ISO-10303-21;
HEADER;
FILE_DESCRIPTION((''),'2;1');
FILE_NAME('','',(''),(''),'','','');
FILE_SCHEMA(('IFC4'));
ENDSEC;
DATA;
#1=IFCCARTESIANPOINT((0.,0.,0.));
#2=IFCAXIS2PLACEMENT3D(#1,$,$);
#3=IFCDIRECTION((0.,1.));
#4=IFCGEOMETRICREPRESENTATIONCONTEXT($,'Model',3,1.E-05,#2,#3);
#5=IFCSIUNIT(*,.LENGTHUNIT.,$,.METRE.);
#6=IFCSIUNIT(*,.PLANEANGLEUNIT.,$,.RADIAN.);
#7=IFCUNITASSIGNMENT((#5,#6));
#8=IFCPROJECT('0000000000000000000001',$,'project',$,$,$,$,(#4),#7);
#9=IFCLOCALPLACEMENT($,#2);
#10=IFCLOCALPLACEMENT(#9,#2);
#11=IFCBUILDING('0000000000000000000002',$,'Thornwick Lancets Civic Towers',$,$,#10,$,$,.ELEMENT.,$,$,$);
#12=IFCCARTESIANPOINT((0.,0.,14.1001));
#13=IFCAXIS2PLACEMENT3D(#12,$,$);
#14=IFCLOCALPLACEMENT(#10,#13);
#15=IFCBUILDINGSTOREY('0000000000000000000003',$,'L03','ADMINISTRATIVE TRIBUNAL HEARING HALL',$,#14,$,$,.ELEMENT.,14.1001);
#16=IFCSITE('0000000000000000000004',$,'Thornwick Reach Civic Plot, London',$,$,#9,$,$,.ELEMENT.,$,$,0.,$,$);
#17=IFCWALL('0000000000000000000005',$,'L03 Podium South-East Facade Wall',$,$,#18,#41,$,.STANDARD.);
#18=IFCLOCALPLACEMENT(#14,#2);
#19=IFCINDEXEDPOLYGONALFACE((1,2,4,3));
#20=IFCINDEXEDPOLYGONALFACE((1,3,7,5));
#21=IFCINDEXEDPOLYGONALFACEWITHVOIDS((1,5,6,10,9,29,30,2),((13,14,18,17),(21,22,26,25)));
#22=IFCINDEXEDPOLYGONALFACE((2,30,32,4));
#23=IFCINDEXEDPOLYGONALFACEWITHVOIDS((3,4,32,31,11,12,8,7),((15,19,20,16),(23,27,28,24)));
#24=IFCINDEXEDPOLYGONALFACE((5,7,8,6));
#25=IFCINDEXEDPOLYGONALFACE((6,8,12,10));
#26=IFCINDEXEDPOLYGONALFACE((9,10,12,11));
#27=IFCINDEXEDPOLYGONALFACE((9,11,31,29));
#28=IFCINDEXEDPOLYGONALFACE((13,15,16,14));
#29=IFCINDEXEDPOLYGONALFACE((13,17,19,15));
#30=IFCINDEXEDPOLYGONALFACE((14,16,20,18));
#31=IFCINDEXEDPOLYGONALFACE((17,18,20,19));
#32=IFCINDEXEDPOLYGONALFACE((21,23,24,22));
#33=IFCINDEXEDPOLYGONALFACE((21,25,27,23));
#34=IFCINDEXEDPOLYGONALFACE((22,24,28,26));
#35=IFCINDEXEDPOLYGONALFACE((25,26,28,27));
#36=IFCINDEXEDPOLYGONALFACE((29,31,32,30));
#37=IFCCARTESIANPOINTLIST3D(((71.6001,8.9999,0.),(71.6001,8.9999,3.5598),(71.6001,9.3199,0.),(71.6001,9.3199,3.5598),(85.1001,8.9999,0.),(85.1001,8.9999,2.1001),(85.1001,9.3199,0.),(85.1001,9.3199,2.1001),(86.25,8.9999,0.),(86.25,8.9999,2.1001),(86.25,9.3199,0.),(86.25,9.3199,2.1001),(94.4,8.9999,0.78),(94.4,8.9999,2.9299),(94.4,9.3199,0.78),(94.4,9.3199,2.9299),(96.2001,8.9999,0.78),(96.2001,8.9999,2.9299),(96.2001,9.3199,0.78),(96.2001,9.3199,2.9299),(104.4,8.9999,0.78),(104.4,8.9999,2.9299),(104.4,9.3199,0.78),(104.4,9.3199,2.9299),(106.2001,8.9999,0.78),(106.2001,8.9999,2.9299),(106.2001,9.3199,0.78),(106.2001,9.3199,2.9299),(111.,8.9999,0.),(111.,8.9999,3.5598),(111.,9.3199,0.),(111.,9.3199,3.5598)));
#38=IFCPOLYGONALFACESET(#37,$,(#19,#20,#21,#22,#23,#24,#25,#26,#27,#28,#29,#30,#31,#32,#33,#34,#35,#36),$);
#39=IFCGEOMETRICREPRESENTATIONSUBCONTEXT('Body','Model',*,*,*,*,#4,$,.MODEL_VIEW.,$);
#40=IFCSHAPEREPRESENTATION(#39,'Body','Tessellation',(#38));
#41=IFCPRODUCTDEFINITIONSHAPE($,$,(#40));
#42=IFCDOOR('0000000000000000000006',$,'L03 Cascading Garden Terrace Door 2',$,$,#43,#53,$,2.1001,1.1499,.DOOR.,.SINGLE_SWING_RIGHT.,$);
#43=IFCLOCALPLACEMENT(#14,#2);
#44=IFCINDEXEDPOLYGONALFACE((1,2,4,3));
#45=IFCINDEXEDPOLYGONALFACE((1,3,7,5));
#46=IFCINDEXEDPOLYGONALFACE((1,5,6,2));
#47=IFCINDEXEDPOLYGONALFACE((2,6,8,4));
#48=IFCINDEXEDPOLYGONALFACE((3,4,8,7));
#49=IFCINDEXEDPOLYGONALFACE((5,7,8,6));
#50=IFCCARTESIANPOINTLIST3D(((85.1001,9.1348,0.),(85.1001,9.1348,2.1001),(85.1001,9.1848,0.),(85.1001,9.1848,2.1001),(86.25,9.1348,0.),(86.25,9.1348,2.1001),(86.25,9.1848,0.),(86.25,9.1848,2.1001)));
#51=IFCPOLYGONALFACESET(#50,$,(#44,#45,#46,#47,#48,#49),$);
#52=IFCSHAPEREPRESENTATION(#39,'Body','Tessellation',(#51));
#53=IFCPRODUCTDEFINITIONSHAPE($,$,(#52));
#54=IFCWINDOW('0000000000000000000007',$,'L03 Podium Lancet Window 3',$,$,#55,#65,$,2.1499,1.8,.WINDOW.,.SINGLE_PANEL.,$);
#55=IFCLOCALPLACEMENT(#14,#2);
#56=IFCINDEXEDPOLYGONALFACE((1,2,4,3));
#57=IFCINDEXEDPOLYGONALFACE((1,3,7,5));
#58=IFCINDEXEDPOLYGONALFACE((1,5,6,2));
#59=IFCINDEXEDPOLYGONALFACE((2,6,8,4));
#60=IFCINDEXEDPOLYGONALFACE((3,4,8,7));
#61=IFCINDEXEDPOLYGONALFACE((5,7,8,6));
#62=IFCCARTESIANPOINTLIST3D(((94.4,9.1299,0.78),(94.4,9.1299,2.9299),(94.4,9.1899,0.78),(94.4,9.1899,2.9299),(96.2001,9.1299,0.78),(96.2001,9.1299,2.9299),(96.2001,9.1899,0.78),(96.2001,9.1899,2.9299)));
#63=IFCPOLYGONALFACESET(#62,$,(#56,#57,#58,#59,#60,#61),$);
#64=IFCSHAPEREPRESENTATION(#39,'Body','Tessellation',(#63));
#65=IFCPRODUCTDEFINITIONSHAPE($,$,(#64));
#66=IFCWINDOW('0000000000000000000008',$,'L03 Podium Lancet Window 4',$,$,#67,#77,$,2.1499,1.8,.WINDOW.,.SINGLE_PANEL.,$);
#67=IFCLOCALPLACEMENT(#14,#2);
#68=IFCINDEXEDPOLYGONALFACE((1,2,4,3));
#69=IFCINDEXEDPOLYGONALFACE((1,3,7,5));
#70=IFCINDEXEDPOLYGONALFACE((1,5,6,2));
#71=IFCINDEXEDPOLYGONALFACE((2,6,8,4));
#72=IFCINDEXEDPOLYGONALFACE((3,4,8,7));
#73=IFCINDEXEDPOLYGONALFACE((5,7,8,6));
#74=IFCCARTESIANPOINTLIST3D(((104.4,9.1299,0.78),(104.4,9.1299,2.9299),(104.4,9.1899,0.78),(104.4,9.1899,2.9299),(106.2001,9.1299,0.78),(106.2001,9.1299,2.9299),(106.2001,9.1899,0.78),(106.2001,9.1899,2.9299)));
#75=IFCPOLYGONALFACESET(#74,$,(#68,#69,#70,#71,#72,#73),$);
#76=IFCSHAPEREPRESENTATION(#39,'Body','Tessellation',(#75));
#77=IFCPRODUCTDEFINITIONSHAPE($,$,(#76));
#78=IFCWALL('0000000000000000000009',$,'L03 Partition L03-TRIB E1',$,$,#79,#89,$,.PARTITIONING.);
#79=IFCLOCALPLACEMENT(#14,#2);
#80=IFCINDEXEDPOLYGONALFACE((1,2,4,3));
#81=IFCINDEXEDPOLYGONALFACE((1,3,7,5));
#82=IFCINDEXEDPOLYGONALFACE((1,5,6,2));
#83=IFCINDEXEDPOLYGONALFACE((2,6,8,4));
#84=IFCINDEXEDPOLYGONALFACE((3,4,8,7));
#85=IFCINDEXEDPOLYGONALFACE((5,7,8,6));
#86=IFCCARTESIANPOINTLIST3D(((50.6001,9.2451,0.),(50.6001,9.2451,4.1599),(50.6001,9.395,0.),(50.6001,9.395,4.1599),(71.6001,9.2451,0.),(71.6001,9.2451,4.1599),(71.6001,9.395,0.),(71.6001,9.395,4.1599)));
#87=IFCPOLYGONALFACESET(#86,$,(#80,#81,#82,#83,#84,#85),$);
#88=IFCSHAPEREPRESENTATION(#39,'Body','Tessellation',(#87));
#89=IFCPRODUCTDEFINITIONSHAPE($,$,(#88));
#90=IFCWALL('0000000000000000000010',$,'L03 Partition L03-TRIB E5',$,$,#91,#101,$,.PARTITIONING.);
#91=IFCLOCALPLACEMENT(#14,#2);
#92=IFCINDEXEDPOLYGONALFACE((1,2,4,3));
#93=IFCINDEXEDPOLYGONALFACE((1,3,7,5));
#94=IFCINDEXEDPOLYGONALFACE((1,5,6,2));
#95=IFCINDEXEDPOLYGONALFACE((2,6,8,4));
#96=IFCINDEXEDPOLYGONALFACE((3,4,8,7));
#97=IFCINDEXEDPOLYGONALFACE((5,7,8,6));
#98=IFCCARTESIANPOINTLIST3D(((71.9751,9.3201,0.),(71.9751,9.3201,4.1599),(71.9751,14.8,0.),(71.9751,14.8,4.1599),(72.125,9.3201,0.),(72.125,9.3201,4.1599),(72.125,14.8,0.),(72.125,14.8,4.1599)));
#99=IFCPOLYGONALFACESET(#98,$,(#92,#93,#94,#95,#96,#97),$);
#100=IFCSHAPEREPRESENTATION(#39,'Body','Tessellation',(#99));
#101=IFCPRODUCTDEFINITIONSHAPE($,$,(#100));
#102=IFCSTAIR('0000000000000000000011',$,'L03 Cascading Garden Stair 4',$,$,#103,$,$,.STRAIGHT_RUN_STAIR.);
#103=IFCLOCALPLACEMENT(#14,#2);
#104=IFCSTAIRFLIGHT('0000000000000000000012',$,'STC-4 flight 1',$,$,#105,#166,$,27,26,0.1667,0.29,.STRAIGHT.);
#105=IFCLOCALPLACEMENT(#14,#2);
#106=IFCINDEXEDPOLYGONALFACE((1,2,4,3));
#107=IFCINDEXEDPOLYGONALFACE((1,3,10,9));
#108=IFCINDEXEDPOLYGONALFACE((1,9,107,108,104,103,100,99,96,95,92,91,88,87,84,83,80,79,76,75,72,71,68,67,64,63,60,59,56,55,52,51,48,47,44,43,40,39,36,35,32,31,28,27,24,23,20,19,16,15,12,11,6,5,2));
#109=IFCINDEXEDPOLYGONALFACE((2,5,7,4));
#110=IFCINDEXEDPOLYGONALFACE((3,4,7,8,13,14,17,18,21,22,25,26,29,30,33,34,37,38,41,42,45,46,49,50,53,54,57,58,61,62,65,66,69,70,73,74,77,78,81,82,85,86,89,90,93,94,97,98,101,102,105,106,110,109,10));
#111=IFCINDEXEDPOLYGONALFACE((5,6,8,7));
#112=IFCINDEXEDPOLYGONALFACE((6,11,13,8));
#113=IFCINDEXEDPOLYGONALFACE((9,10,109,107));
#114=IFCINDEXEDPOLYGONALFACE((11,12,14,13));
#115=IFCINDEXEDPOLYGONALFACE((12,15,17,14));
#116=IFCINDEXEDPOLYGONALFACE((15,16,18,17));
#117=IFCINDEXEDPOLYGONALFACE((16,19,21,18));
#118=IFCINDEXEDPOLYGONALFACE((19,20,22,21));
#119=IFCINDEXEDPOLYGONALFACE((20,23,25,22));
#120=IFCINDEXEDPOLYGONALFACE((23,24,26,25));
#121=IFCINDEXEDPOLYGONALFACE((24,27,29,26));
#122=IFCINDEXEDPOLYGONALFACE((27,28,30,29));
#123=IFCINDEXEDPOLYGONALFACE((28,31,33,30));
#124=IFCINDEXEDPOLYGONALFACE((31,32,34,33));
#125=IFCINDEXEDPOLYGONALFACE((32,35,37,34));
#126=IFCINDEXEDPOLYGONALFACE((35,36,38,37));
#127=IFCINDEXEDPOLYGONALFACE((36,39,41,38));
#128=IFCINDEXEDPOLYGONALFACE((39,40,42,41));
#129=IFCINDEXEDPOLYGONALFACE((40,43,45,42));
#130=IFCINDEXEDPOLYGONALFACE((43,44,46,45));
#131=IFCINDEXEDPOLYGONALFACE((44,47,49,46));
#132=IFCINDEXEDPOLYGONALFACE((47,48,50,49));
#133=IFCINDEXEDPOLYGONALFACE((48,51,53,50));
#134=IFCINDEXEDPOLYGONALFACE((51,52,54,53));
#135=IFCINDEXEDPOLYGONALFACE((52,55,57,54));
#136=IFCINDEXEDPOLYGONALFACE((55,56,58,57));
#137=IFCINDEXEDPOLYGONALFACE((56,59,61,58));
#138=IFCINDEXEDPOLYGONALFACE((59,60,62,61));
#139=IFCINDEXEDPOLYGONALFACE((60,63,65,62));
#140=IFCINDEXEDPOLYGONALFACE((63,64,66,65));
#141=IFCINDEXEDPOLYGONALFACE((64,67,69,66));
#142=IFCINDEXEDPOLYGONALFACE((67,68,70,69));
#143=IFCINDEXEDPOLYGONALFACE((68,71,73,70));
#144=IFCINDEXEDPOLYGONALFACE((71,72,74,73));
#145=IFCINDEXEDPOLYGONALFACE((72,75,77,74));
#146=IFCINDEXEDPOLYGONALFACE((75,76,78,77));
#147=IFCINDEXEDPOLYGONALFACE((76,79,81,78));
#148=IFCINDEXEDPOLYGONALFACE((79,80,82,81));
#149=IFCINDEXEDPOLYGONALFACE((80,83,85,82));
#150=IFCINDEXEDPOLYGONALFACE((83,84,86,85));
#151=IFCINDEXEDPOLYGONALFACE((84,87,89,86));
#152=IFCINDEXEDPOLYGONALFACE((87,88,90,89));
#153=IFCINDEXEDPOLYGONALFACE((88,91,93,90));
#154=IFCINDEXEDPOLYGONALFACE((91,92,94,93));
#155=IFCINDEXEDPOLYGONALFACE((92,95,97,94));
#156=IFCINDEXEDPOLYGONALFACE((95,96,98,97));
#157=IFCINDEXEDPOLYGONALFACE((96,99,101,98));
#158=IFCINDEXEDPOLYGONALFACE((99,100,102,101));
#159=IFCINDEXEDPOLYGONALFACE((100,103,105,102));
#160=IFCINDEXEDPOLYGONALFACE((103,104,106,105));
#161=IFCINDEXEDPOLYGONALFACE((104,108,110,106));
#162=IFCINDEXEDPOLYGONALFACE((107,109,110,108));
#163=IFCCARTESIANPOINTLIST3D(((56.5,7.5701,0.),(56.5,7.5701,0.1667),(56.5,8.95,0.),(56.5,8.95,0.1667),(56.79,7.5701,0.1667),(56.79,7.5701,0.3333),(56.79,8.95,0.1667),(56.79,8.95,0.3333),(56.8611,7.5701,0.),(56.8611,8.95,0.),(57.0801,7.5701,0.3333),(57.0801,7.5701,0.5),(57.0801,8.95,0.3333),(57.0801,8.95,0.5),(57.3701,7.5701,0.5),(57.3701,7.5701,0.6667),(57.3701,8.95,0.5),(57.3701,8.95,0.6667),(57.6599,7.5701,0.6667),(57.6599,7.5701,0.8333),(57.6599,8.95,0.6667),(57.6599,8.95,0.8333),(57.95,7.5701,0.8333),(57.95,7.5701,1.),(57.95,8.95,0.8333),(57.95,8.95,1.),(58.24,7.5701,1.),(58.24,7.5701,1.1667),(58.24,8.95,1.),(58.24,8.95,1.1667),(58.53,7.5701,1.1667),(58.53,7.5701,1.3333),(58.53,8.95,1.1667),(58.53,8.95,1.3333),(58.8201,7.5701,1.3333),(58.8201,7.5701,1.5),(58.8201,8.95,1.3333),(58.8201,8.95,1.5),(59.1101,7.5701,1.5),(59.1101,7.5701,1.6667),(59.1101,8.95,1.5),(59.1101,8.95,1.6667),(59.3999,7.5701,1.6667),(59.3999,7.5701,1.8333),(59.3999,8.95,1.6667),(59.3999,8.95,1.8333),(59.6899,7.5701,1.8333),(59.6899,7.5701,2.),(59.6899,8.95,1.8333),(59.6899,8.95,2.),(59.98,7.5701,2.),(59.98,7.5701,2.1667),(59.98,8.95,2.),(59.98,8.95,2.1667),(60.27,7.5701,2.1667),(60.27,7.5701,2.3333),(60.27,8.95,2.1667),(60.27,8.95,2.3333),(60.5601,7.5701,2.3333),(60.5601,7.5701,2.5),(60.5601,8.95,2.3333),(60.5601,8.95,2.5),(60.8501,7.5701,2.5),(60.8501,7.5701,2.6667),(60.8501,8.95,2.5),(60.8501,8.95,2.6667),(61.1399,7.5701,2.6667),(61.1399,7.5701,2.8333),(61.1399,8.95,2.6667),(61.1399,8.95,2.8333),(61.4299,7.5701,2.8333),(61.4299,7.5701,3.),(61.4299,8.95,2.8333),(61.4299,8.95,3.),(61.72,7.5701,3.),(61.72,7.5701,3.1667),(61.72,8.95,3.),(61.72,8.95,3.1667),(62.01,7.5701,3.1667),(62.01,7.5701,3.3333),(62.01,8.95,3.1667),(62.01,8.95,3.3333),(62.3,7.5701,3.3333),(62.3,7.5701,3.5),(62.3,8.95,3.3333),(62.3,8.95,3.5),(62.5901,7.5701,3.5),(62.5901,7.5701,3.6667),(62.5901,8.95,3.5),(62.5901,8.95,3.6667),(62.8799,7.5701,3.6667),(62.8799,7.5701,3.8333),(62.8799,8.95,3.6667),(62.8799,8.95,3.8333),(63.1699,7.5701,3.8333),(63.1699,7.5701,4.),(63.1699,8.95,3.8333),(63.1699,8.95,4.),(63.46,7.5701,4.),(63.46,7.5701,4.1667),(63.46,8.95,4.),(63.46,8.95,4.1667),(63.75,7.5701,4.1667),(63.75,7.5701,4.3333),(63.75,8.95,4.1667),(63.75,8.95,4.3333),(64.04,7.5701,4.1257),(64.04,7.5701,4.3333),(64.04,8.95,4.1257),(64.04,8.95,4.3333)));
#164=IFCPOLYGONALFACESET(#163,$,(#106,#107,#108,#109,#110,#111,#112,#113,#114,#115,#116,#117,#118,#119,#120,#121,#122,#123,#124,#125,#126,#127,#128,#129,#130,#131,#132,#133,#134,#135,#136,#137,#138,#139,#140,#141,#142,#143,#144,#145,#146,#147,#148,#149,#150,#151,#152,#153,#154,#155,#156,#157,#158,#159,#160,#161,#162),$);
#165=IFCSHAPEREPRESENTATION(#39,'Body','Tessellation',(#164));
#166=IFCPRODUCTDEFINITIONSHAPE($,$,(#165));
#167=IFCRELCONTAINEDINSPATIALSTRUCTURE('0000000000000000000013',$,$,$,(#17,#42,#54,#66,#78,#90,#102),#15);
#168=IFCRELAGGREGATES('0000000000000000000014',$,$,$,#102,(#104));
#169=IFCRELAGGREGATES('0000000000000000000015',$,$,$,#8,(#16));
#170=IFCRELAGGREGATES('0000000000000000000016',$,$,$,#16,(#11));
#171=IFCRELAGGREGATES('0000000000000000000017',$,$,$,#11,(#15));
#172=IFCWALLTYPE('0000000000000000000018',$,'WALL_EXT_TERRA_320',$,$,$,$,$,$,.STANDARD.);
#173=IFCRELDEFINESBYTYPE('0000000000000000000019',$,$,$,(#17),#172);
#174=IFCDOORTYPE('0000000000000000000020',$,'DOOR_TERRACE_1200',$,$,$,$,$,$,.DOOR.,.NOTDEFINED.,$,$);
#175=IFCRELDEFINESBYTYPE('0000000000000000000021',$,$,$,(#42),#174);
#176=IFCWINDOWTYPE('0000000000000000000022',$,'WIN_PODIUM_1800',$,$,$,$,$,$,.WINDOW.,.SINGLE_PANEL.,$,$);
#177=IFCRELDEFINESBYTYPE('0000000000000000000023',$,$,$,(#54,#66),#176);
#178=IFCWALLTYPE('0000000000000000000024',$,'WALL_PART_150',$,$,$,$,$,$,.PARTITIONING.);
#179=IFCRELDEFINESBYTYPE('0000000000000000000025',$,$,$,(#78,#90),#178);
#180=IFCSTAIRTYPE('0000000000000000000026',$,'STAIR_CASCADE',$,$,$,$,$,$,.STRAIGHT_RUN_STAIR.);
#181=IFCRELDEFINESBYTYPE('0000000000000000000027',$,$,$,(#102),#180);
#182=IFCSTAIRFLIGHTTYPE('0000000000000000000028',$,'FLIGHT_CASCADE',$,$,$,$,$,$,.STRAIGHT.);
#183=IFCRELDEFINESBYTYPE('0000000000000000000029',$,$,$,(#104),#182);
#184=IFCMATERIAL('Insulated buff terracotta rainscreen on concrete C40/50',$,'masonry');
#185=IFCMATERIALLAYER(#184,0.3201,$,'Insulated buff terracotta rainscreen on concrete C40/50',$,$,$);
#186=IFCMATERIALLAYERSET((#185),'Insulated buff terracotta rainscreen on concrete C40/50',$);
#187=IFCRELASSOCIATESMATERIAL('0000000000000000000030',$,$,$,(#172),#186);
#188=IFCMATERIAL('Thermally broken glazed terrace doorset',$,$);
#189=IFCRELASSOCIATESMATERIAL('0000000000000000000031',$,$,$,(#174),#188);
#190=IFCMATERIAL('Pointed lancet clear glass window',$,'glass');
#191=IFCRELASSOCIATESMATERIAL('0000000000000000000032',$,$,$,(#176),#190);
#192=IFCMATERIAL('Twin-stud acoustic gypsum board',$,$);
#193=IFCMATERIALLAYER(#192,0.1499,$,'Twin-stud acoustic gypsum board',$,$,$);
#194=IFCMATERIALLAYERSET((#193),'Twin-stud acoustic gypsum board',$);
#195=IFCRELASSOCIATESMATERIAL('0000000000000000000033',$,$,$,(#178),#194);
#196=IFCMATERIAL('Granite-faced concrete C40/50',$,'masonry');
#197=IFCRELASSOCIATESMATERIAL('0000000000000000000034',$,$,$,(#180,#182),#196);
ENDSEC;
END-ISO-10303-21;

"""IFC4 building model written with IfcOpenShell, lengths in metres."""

from ifc_helpers import new_model, si_unit, direction, frame, frame_2d, origin, place, context, subcontext, project, spatial, polyline, rectangle, outline, extrude, material, layer, layer_set, type_object, element, fill, aggregate, save


model = new_model("IFC4")

# Units and contexts
model_context = context("Model", 3, precision=1e-05, world=origin(), true_north=direction((0.0, 1.0)))
body_context = subcontext(model_context, "Body", "Model", "MODEL_VIEW")
ifc_project = project(units=[si_unit("LENGTHUNIT", "METRE"), si_unit("PLANEANGLEUNIT", "RADIAN")], contexts=[model_context])

# Site, building, storey
site_placement = place(None, origin())
site = spatial("IfcSite", under=ifc_project, at=site_placement, Name="Thornwick Reach Civic Plot, London", CompositionType="ELEMENT", RefElevation=0.0)
building_placement = place(site_placement, origin())
building = spatial("IfcBuilding", under=site, at=building_placement, Name="Thornwick Lancets Civic Towers", CompositionType="ELEMENT")
storey_placement = place(building_placement, frame((0.0, 0.0, 14.1001)))
storey = spatial("IfcBuildingStorey", under=building, at=storey_placement, Name="L03", Description="ADMINISTRATIVE TRIBUNAL HEARING HALL", CompositionType="ELEMENT", Elevation=14.1001)

# Wall, openings, door, windows
ifc_material_1 = material(Name="Insulated buff terracotta rainscreen on concrete C40/50", Category="masonry")
ifc_layer_1 = layer(ifc_material_1, 0.3201, Name="Insulated buff terracotta rainscreen on concrete C40/50")
ifc_layer_set_1 = layer_set([ifc_layer_1], Name="Insulated buff terracotta rainscreen on concrete C40/50")
wall_type_1 = type_object("IfcWallType", Name="WALL_EXT_TERRA_320", PredefinedType="STANDARD", material=ifc_layer_set_1)
wall_1_placement = place(storey_placement, frame((71.6001, 9.1599, 0.0), z_axis=(0.0, 0.0, 1.0), x_axis=(1.0, 0.0, 0.0)))
wall_1 = element("IfcWall", 1, at=wall_1_placement, inside=storey, type_object=wall_type_1, Name="L03 Podium South-East Facade Wall", PredefinedType="STANDARD", context=body_context, shape_type="SweptSolid", body=[
    extrude(rectangle(XDim=39.3999, YDim=0.3201, at=frame_2d((19.7, 0.0))), origin(), (0.0, 0.0, 1.0), 3.5598),
])
opening_1_placement = place(wall_1_placement, frame((13.5, 0.0, 0.0)))
opening_1 = element("IfcOpeningElement", 2, at=opening_1_placement, cuts=wall_1, PredefinedType="OPENING", context=body_context, shape_type="SweptSolid", body=[
    extrude(rectangle(XDim=1.1499, YDim=2.1001, at=frame_2d((0.575, 1.05))), frame((0.0, 0.1699, 0.0), z_axis=(0.0, -1.0, 0.0), x_axis=(1.0, 0.0, 0.0)), (0.0, 0.0, 1.0), 0.3401),
])
opening_2_placement = place(wall_1_placement, frame((22.8, 0.0, 0.78)))
opening_2 = element("IfcOpeningElement", 3, at=opening_2_placement, cuts=wall_1, PredefinedType="OPENING", context=body_context, shape_type="SweptSolid", body=[
    extrude(rectangle(XDim=1.8, YDim=2.1499, at=frame_2d((0.8999, 1.075))), frame((0.0, 0.1699, 0.0), z_axis=(0.0, -1.0, 0.0), x_axis=(1.0, 0.0, 0.0)), (0.0, 0.0, 1.0), 0.3401),
])
opening_3_placement = place(wall_1_placement, frame((32.8, 0.0, 0.78)))
opening_3 = element("IfcOpeningElement", 4, at=opening_3_placement, cuts=wall_1, PredefinedType="OPENING", context=body_context, shape_type="SweptSolid", body=[
    extrude(rectangle(XDim=1.8, YDim=2.1499, at=frame_2d((0.8999, 1.075))), frame((0.0, 0.1699, 0.0), z_axis=(0.0, -1.0, 0.0), x_axis=(1.0, 0.0, 0.0)), (0.0, 0.0, 1.0), 0.3401),
])
ifc_material_2 = material(Name="Thermally broken glazed terrace doorset")
door_type = type_object("IfcDoorType", Name="DOOR_TERRACE_1200", OperationType="NOTDEFINED", PredefinedType="DOOR", material=ifc_material_2)
door_placement = place(opening_1_placement, origin())
door = element("IfcDoor", 5, at=door_placement, inside=storey, type_object=door_type, Name="L03 Cascading Garden Terrace Door 2", OperationType="SINGLE_SWING_RIGHT", OverallHeight=2.1001, OverallWidth=1.1499, PredefinedType="DOOR", context=body_context, shape_type="SweptSolid", body=[
    extrude(rectangle(XDim=1.1499, YDim=2.1001, at=frame_2d((0.575, 1.05))), frame((0.0, 0.0249, 0.0), z_axis=(0.0, -1.0, 0.0), x_axis=(1.0, 0.0, 0.0)), (0.0, 0.0, 1.0), 0.05),
])
fill(opening_1, door)
ifc_material_3 = material(Name="Pointed lancet clear glass window", Category="glass")
window_type = type_object("IfcWindowType", Name="WIN_PODIUM_1800", PartitioningType="SINGLE_PANEL", PredefinedType="WINDOW", material=ifc_material_3)
window_1_placement = place(opening_2_placement, origin())
window_1 = element("IfcWindow", 6, at=window_1_placement, inside=storey, type_object=window_type, Name="L03 Podium Lancet Window 3", OverallHeight=2.1499, OverallWidth=1.8, PartitioningType="SINGLE_PANEL", PredefinedType="WINDOW", context=body_context, shape_type="SweptSolid", body=[
    extrude(rectangle(XDim=1.8, YDim=2.1499, at=frame_2d((0.8999, 1.075))), frame((0.0, 0.03, 0.0), z_axis=(0.0, -1.0, 0.0), x_axis=(1.0, 0.0, 0.0)), (0.0, 0.0, 1.0), 0.0601),
])
fill(opening_2, window_1)
window_2_placement = place(opening_3_placement, origin())
window_2 = element("IfcWindow", 7, at=window_2_placement, inside=storey, type_object=window_type, Name="L03 Podium Lancet Window 4", OverallHeight=2.1499, OverallWidth=1.8, PartitioningType="SINGLE_PANEL", PredefinedType="WINDOW", context=body_context, shape_type="SweptSolid", body=[
    extrude(rectangle(XDim=1.8, YDim=2.1499, at=frame_2d((0.8999, 1.075))), frame((0.0, 0.03, 0.0), z_axis=(0.0, -1.0, 0.0), x_axis=(1.0, 0.0, 0.0)), (0.0, 0.0, 1.0), 0.0601),
])
fill(opening_3, window_2)

# Walls
ifc_material_4 = material(Name="Twin-stud acoustic gypsum board")
ifc_layer_2 = layer(ifc_material_4, 0.1499, Name="Twin-stud acoustic gypsum board")
ifc_layer_set_2 = layer_set([ifc_layer_2], Name="Twin-stud acoustic gypsum board")
wall_type_2 = type_object("IfcWallType", Name="WALL_PART_150", PredefinedType="PARTITIONING", material=ifc_layer_set_2)
wall_2_placement = place(storey_placement, frame((71.6001, 9.3201, 0.0), z_axis=(0.0, 0.0, 1.0), x_axis=(-1.0, 0.0, 0.0)))
element("IfcWall", 8, at=wall_2_placement, inside=storey, type_object=wall_type_2, Name="L03 Partition L03-TRIB E1", PredefinedType="PARTITIONING", context=body_context, shape_type="SweptSolid", body=[
    extrude(rectangle(XDim=21.0, YDim=0.1499, at=frame_2d((10.5, 0.0))), origin(), (0.0, 0.0, 1.0), 4.1599),
])
wall_3_placement = place(storey_placement, frame((72.05, 14.8, 0.0), z_axis=(0.0, 0.0, 1.0), x_axis=(0.0, -1.0, 0.0)))
element("IfcWall", 9, at=wall_3_placement, inside=storey, type_object=wall_type_2, Name="L03 Partition L03-TRIB E5", PredefinedType="PARTITIONING", context=body_context, shape_type="SweptSolid", body=[
    extrude(rectangle(XDim=5.48, YDim=0.1499, at=frame_2d((2.74, 0.0))), origin(), (0.0, 0.0, 1.0), 4.1599),
])

# Stair, stair flight
ifc_material_5 = material(Name="Granite-faced concrete C40/50", Category="masonry")
stair_type = type_object("IfcStairType", Name="STAIR_CASCADE", PredefinedType="STRAIGHT_RUN_STAIR", material=ifc_material_5)
stair_placement = place(storey_placement, origin())
stair = element("IfcStair", 10, at=stair_placement, inside=storey, type_object=stair_type, Name="L03 Cascading Garden Stair 4", PredefinedType="STRAIGHT_RUN_STAIR")
stair_flight_type = type_object("IfcStairFlightType", Name="FLIGHT_CASCADE", PredefinedType="STRAIGHT", material=ifc_material_5)
stair_flight_placement = place(storey_placement, frame((56.5, 8.26, 0.0), z_axis=(0.0, 0.0, 1.0), x_axis=(1.0, 0.0, 0.0)))
stair_flight = element("IfcStairFlight", 11, at=stair_flight_placement, type_object=stair_flight_type, Name="STC-4 flight 1", NumberOfRisers=27, NumberOfTreads=26, PredefinedType="STRAIGHT", RiserHeight=0.1667, TreadLength=0.29, context=body_context, shape_type="SweptSolid", body=[
    extrude(outline(polyline([(0.0, 0.0), (0.0, 0.1667), (0.29, 0.1667), (0.29, 0.3333), (0.5801, 0.3333), (0.5801, 0.5), (0.8701, 0.5), (0.8701, 0.6667), (1.1599, 0.6667), (1.1599, 0.8333), (1.45, 0.8333), (1.45, 1.0), (1.74, 1.0), (1.74, 1.1667), (2.03, 1.1667), (2.03, 1.3333), (2.3201, 1.3333), (2.3201, 1.5), (2.6101, 1.5), (2.6101, 1.6667), (2.8999, 1.6667), (2.8999, 1.8333), (3.1899, 1.8333), (3.1899, 2.0), (3.48, 2.0), (3.48, 2.1667), (3.77, 2.1667), (3.77, 2.3333), (4.0601, 2.3333), (4.0601, 2.5), (4.3501, 2.5), (4.3501, 2.6667), (4.6399, 2.6667), (4.6399, 2.8333), (4.9299, 2.8333), (4.9299, 3.0), (5.22, 3.0), (5.22, 3.1667), (5.51, 3.1667), (5.51, 3.3333), (5.8, 3.3333), (5.8, 3.5), (6.0901, 3.5), (6.0901, 3.6667), (6.3799, 3.6667), (6.3799, 3.8333), (6.6699, 3.8333), (6.6699, 4.0), (6.96, 4.0), (6.96, 4.1667), (7.25, 4.1667), (7.25, 4.3333), (7.54, 4.3333), (7.54, 4.5), (7.54, 4.1257), (0.3611, 0.0), (0.0, 0.0)])), frame((0.0, 0.6899, 0.0), z_axis=(0.0, -1.0, 0.0), x_axis=(1.0, 0.0, 0.0)), (0.0, 0.0, 1.0), 1.3799),
])
aggregate(stair, [stair_flight])

save(model, "model.ifc")
